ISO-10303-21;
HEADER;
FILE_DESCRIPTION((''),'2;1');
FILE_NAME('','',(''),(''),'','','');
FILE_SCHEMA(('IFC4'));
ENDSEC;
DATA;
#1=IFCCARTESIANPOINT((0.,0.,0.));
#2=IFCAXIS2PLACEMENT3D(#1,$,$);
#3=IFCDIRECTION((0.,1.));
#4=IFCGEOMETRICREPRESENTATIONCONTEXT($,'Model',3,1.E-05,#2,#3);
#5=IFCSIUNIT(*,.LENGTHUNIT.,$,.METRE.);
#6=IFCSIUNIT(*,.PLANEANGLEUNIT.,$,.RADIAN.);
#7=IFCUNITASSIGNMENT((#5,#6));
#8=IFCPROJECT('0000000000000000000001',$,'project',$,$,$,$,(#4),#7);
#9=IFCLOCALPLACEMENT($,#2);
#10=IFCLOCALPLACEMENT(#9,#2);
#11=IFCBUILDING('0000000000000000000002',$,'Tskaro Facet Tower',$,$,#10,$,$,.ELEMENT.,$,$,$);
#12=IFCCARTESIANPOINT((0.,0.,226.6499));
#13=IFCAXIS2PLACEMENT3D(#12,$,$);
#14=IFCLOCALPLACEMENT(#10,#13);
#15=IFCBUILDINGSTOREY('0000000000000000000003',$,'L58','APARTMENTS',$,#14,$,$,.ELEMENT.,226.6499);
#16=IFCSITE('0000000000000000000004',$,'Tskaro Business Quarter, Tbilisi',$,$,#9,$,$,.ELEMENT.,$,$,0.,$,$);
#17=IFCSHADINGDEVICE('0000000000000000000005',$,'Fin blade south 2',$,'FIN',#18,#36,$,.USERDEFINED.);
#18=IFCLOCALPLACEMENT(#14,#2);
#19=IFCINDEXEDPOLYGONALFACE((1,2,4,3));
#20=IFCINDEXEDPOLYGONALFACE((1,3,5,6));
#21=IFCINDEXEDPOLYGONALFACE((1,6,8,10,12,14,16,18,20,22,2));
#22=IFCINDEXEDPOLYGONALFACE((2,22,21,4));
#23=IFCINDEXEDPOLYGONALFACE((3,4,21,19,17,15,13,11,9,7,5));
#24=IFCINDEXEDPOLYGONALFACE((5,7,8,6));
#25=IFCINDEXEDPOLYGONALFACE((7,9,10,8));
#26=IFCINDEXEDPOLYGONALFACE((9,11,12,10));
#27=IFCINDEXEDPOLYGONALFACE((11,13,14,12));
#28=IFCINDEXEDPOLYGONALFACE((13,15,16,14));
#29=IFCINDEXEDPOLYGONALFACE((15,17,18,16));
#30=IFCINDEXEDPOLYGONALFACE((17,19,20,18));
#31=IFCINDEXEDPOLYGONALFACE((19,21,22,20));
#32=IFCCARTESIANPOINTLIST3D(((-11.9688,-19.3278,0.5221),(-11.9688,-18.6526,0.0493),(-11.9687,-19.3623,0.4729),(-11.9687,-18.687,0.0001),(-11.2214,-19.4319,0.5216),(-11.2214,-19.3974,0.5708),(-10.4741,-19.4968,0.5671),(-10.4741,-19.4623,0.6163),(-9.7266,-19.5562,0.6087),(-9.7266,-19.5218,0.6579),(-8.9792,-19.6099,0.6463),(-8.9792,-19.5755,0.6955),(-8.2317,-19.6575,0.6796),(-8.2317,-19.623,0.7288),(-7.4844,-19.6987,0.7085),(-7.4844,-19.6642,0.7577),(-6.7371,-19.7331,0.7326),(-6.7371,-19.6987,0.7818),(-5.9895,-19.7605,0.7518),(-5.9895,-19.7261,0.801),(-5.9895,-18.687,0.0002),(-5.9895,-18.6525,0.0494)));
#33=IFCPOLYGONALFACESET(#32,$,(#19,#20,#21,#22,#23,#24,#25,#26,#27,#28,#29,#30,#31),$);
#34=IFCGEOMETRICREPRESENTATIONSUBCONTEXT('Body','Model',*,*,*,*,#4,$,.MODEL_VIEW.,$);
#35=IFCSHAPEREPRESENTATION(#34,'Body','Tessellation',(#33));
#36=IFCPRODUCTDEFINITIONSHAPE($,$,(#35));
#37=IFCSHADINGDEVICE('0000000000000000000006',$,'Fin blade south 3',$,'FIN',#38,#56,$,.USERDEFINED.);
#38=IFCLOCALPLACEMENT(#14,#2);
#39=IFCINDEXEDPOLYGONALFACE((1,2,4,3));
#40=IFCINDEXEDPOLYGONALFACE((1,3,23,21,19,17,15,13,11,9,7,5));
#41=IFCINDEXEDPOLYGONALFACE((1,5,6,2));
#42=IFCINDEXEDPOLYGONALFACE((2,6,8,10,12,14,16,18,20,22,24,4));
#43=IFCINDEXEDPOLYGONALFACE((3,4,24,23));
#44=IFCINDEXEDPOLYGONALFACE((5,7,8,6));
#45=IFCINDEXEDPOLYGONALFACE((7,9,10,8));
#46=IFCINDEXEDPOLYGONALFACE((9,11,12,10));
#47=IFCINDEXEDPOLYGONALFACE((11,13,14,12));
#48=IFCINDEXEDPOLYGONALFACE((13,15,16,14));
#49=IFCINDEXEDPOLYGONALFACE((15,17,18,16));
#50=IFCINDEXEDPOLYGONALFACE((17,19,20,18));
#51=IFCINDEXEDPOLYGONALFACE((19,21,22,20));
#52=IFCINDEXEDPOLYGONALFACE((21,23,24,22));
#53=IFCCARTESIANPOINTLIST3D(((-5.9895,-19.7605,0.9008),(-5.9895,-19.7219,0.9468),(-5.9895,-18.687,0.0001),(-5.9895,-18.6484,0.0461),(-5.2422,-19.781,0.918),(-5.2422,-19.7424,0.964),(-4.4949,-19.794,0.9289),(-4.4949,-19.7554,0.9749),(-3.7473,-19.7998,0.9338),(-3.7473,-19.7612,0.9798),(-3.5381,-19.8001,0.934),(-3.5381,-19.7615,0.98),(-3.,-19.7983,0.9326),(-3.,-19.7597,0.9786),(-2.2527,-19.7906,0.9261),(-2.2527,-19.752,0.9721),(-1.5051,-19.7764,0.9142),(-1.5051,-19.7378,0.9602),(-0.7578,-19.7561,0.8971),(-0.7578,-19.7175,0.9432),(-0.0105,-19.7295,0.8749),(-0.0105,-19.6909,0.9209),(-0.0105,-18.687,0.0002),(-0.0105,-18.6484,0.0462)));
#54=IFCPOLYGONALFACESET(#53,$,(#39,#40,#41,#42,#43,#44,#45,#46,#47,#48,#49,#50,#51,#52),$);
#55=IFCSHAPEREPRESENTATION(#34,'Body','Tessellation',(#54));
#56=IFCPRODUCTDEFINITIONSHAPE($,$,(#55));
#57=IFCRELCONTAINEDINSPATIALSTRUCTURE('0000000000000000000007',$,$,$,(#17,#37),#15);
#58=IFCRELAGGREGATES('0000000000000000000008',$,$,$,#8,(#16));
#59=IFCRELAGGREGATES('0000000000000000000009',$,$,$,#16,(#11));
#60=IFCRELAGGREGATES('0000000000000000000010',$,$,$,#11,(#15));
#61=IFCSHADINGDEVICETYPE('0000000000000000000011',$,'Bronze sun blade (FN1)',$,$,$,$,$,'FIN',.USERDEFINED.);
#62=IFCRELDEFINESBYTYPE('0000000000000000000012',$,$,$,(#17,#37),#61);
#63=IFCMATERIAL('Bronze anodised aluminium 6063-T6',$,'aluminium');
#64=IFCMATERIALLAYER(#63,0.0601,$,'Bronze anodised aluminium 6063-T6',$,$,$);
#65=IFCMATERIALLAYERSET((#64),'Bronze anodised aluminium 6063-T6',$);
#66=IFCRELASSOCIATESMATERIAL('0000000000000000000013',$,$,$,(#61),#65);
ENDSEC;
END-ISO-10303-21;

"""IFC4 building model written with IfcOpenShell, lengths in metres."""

from ifc_helpers import new_model, si_unit, direction, frame, origin, place, context, subcontext, project, spatial, polyline, outline, extrude, material, layer, layer_set, type_object, element, save


model = new_model("IFC4")

# Units and contexts
model_context = context("Model", 3, precision=1e-05, world=origin(), true_north=direction((0.0, 1.0)))
body_context = subcontext(model_context, "Body", "Model", "MODEL_VIEW")
ifc_project = project(units=[si_unit("LENGTHUNIT", "METRE"), si_unit("PLANEANGLEUNIT", "RADIAN")], contexts=[model_context])

# Site, building, storey
site_placement = place(None, origin())
site = spatial("IfcSite", under=ifc_project, at=site_placement, Name="Tskaro Business Quarter, Tbilisi", CompositionType="ELEMENT", RefElevation=0.0)
building_placement = place(site_placement, origin())
building = spatial("IfcBuilding", under=site, at=building_placement, Name="Tskaro Facet Tower", CompositionType="ELEMENT")
storey_placement = place(building_placement, frame((0.0, 0.0, 226.6499)))
storey = spatial("IfcBuildingStorey", under=building, at=storey_placement, Name="L58", Description="APARTMENTS", CompositionType="ELEMENT", Elevation=226.6499)

# Shared definitions
ifc_material_1 = material(Name="Bronze anodised aluminium 6063-T6", Category="aluminium")

# Shading devices
ifc_layer_1 = layer(ifc_material_1, 0.0601, Name="Bronze anodised aluminium 6063-T6")
ifc_layer_set_1 = layer_set([ifc_layer_1], Name="Bronze anodised aluminium 6063-T6")
shading_device_type = type_object("IfcShadingDeviceType", Name="Bronze sun blade (FN1)", ElementType="FIN", PredefinedType="USERDEFINED", material=ifc_layer_set_1)
shading_device_1_placement = place(storey_placement, frame((-11.9688, -18.6526, 0.0493), z_axis=(-0.000017, 0.573537, 0.819179), x_axis=(1.0, 0.00001, 0.000014)))
element("IfcShadingDevice", 1, at=shading_device_1_placement, inside=storey, type_object=shading_device_type, Name="Fin blade south 2", ObjectType="FIN", PredefinedType="USERDEFINED", context=body_context, shape_type="SweptSolid", body=[
    extrude(outline(polyline([(0.0, 0.0), (5.9792, 0.0), (5.9792, -1.3105), (5.2317, -1.277), (4.4844, -1.235), (3.7371, -1.1847), (2.9895, -1.1266), (2.2422, -1.0611), (1.4946, -0.9885), (0.7473, -0.9093), (0.0, -0.8243), (0.0, 0.0)])), origin(), (0.0, 0.0, -1.0), 0.0601),
])
shading_device_2_placement = place(storey_placement, frame((-5.9895, -18.6484, 0.0461), z_axis=(-0.000009, 0.642749, 0.766077), x_axis=(1.0, 0.000006, 0.000007)))
element("IfcShadingDevice", 2, at=shading_device_2_placement, inside=storey, type_object=shading_device_type, Name="Fin blade south 3", ObjectType="FIN", PredefinedType="USERDEFINED", context=body_context, shape_type="SweptSolid", body=[
    extrude(outline(polyline([(0.0, 0.0), (5.979, 0.0), (5.979, -1.3609), (5.2317, -1.3955), (4.4844, -1.422), (3.7368, -1.4406), (2.9895, -1.4506), (2.4514, -1.4529), (2.2422, -1.4526), (1.4946, -1.4449), (0.7473, -1.428), (0.0, -1.4013), (0.0, 0.0)])), origin(), (0.0, 0.0, -1.0), 0.0601),
])

save(model, "model.ifc")
